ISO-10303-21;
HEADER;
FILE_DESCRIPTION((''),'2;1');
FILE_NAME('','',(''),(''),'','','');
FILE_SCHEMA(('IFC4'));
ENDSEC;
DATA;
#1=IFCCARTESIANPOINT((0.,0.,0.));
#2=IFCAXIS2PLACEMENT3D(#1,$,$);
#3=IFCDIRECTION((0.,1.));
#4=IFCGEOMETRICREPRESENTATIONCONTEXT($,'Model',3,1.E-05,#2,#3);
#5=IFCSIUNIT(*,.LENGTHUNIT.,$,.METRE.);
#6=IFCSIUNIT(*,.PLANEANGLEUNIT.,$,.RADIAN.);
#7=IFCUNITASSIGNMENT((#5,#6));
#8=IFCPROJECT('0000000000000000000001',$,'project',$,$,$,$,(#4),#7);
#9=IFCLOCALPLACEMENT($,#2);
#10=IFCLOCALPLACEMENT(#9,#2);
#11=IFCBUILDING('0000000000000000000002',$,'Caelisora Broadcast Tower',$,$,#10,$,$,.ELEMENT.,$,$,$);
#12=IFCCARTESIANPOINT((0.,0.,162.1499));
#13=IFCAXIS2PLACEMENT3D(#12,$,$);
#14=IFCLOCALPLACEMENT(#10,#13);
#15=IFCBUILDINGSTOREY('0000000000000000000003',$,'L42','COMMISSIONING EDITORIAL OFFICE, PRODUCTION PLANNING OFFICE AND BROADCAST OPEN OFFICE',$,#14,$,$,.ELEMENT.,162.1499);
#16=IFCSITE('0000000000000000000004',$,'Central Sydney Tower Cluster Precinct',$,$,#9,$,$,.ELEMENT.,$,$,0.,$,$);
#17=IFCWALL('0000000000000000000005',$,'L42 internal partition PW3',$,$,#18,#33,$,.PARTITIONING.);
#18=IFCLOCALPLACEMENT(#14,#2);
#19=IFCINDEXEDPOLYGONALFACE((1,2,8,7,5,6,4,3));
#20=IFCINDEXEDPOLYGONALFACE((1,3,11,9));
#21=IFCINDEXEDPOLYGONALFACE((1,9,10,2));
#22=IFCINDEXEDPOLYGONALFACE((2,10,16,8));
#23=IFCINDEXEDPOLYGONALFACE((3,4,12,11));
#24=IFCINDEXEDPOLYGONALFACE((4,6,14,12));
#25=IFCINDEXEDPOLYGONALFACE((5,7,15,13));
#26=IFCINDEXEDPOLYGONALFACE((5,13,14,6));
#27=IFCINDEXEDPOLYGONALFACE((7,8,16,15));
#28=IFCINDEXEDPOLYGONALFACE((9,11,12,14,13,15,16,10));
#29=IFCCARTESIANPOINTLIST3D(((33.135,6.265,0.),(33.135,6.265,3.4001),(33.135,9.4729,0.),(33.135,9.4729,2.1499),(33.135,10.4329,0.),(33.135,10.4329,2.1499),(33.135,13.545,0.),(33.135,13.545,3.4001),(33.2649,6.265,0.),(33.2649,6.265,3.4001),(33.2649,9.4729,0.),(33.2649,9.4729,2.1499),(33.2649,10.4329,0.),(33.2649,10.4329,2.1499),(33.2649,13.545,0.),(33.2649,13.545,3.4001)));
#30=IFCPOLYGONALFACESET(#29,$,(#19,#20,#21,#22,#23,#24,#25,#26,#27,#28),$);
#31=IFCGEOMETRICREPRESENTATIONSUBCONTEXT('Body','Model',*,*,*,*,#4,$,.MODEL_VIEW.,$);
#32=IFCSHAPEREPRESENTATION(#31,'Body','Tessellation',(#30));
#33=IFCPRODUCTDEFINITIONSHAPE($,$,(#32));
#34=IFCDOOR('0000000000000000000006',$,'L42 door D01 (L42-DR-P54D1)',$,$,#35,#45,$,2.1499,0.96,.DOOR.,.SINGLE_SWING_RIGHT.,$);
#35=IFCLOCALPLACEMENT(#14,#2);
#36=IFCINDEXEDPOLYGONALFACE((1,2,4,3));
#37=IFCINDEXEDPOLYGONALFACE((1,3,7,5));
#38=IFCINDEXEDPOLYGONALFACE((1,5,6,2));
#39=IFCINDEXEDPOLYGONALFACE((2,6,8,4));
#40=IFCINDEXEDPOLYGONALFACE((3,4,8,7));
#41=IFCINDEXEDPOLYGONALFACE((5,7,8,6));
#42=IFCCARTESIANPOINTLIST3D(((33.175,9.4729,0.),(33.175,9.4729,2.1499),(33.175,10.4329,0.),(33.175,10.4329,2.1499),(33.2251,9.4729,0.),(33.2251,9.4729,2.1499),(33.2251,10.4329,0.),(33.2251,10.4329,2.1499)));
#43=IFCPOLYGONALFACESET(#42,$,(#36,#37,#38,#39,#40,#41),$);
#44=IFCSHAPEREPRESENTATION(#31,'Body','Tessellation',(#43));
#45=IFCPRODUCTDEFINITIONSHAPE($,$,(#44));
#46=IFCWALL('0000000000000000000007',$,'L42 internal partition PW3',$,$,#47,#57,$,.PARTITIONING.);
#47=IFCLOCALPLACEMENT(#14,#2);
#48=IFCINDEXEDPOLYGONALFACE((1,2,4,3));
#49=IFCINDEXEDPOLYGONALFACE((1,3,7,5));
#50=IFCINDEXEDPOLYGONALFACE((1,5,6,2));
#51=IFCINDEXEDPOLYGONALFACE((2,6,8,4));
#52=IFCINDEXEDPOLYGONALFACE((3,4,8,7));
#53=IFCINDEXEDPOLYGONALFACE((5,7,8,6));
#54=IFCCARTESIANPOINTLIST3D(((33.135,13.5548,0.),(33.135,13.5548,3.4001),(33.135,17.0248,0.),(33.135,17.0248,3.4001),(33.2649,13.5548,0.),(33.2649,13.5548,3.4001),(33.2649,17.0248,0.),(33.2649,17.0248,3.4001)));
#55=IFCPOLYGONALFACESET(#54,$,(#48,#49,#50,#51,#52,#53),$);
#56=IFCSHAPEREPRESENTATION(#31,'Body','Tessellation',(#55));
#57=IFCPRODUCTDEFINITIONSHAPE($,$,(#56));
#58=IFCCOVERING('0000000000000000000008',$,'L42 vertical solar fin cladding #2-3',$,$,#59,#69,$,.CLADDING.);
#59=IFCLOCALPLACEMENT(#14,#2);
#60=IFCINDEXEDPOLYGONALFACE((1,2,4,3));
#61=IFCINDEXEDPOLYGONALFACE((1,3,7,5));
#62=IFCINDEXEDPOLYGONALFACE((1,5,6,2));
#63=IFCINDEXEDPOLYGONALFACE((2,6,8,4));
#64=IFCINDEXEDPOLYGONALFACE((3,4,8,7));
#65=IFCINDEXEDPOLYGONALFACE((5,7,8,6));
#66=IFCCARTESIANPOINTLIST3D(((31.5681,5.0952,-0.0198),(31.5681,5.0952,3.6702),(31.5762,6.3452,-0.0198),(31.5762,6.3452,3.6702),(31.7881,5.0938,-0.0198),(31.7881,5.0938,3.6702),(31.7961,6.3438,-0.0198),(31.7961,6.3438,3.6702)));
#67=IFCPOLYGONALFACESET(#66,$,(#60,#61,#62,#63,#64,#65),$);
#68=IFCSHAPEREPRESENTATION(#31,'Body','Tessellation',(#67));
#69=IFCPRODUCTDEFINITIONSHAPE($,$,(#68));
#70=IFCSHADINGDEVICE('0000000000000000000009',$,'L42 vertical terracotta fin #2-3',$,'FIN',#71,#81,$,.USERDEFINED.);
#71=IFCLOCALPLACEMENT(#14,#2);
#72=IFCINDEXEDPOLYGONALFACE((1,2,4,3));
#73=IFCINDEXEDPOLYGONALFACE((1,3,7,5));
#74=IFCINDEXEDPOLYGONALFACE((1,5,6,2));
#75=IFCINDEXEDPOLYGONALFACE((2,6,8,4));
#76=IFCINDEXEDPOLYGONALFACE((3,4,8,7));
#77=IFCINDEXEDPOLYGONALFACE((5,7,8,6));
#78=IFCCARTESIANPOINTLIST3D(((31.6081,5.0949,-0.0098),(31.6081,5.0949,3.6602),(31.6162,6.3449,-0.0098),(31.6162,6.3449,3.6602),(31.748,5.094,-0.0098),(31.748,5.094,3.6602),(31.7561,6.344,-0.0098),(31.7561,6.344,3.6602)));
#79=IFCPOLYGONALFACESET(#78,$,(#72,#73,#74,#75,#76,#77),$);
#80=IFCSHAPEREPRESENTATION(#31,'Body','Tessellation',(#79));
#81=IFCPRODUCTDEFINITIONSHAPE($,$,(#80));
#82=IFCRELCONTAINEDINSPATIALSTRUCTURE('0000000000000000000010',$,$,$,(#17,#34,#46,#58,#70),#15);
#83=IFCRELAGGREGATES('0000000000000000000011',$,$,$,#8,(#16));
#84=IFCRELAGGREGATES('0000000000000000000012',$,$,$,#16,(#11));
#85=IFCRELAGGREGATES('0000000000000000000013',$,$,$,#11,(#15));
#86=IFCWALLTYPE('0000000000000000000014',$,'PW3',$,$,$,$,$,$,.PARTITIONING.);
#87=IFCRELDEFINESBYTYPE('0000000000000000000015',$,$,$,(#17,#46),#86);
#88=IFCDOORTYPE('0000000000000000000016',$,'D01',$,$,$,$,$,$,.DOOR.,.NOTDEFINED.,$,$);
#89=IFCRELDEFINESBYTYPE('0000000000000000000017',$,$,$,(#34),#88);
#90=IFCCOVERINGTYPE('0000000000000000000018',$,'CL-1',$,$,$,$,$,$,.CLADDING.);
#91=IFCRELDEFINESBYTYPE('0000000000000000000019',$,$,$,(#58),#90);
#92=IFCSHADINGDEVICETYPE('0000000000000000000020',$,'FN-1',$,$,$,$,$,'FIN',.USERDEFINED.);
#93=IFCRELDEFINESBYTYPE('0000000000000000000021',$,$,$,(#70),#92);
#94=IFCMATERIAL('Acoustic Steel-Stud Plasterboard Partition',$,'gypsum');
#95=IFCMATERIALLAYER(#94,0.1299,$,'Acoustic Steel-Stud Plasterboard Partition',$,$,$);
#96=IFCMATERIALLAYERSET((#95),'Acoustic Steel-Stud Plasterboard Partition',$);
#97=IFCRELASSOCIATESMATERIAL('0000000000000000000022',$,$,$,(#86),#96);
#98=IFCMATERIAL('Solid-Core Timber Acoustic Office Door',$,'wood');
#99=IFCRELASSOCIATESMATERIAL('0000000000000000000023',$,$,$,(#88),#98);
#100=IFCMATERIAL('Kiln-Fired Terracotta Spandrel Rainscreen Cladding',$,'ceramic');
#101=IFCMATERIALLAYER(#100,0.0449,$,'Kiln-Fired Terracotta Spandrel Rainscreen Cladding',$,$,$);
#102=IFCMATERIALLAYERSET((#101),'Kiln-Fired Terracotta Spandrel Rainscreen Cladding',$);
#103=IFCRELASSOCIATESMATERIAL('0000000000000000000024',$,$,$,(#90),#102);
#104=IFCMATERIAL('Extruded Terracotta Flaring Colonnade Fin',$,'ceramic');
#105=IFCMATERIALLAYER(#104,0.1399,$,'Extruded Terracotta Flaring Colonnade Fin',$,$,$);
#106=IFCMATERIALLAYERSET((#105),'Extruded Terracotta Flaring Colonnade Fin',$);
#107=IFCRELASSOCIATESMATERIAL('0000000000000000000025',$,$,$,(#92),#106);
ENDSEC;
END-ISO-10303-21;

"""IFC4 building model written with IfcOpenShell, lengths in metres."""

from ifc_helpers import new_model, si_unit, direction, frame, frame_2d, origin, origin_2d, place, context, subcontext, project, spatial, rectangle, extrude, source, transform, mapped, material, layer, layer_set, type_object, type_shapes, element, fill, save


model = new_model("IFC4")

# Units and contexts
model_context = context("Model", 3, precision=1e-05, world=origin(), true_north=direction((0.0, 1.0)))
body_context = subcontext(model_context, "Body", "Model", "MODEL_VIEW")
ifc_project = project(units=[si_unit("LENGTHUNIT", "METRE"), si_unit("PLANEANGLEUNIT", "RADIAN")], contexts=[model_context])

# Site, building, storey
site_placement = place(None, origin())
site = spatial("IfcSite", under=ifc_project, at=site_placement, Name="Central Sydney Tower Cluster Precinct", CompositionType="ELEMENT", RefElevation=0.0)
building_placement = place(site_placement, origin())
building = spatial("IfcBuilding", under=site, at=building_placement, Name="Caelisora Broadcast Tower", CompositionType="ELEMENT")
storey_placement = place(building_placement, frame((0.0, 0.0, 162.1499)))
storey = spatial("IfcBuildingStorey", under=building, at=storey_placement, Name="L42", Description="COMMISSIONING EDITORIAL OFFICE, PRODUCTION PLANNING OFFICE AND BROADCAST OPEN OFFICE", CompositionType="ELEMENT", Elevation=162.1499)

# Wall, opening, door
ifc_material_1 = material(Name="Acoustic Steel-Stud Plasterboard Partition", Category="gypsum")
ifc_layer_1 = layer(ifc_material_1, 0.1299, Name="Acoustic Steel-Stud Plasterboard Partition")
ifc_layer_set_1 = layer_set([ifc_layer_1], Name="Acoustic Steel-Stud Plasterboard Partition")
wall_type = type_object("IfcWallType", Name="PW3", PredefinedType="PARTITIONING", material=ifc_layer_set_1)
ifc_material_2 = material(Name="Solid-Core Timber Acoustic Office Door", Category="wood")
door_type = type_object("IfcDoorType", Name="D01", OperationType="NOTDEFINED", PredefinedType="DOOR", material=ifc_material_2)
wall_1_placement = place(storey_placement, frame((33.2, 6.2649, 0.0), z_axis=(0.0, 0.0, 1.0), x_axis=(0.0, 1.0, 0.0)))
wall_1 = element("IfcWall", 1, at=wall_1_placement, inside=storey, type_object=wall_type, Name="L42 internal partition PW3", PredefinedType="PARTITIONING", context=body_context, shape_type="SweptSolid", body=[
    extrude(rectangle(XDim=7.28, YDim=0.1299, at=frame_2d((3.6401, 0.0))), origin(), (0.0, 0.0, 1.0), 3.4001),
])
opening_1_placement = place(wall_1_placement, frame((3.208, 0.0, 0.0)))
opening_1 = element("IfcOpeningElement", 2, at=opening_1_placement, cuts=wall_1, PredefinedType="OPENING", context=body_context, shape_type="SweptSolid", body=[
    extrude(rectangle(XDim=0.96, YDim=2.1499, at=frame_2d((0.48, 1.075))), frame((0.0, 0.0769, 0.0), z_axis=(0.0, -1.0, 0.0), x_axis=(1.0, 0.0, 0.0)), (0.0, 0.0, 1.0), 0.1538),
])
door_1_placement = place(opening_1_placement, origin())
door_1 = element("IfcDoor", 3, at=door_1_placement, inside=storey, type_object=door_type, Name="L42 door D01 (L42-DR-P54D1)", OperationType="SINGLE_SWING_RIGHT", OverallHeight=2.1499, OverallWidth=0.96, PredefinedType="DOOR", context=body_context, shape_type="SweptSolid", body=[
    extrude(rectangle(XDim=0.96, YDim=2.1499, at=frame_2d((0.48, 1.075))), frame((0.0, 0.0249, 0.0), z_axis=(0.0, -1.0, 0.0), x_axis=(1.0, 0.0, 0.0)), (0.0, 0.0, 1.0), 0.05),
])
fill(opening_1, door_1)

# Wall
wall_2_placement = place(storey_placement, frame((33.2, 13.5549, 0.0), z_axis=(0.0, 0.0, 1.0), x_axis=(0.0, 1.0, 0.0)))
element("IfcWall", 4, at=wall_2_placement, inside=storey, type_object=wall_type, Name="L42 internal partition PW3", PredefinedType="PARTITIONING", context=body_context, shape_type="SweptSolid", body=[
    extrude(rectangle(XDim=3.47, YDim=0.1299, at=frame_2d((1.7349, 0.0))), origin(), (0.0, 0.0, 1.0), 3.4001),
])

# Covering
ifc_material_3 = material(Name="Kiln-Fired Terracotta Spandrel Rainscreen Cladding", Category="ceramic")
ifc_layer_2 = layer(ifc_material_3, 0.0449, Name="Kiln-Fired Terracotta Spandrel Rainscreen Cladding")
ifc_layer_set_2 = layer_set([ifc_layer_2], Name="Kiln-Fired Terracotta Spandrel Rainscreen Cladding")
covering_type = type_object("IfcCoveringType", Name="CL-1", PredefinedType="CLADDING", material=ifc_layer_set_2)
shared_shape_1 = source(origin(), body_context, "Body", "SweptSolid", [
    extrude(rectangle(XDim=0.22, YDim=1.25, at=origin_2d()), origin(), (0.0, 0.0, 1.0), 3.6899),
])
type_shapes(covering_type, [shared_shape_1])
covering_placement = place(storey_placement, frame((31.6821, 5.7195, -0.0198), z_axis=(0.0, 0.0, 1.0), x_axis=(-0.999979, 0.006458, 0.0)))
element("IfcCovering", 5, at=covering_placement, inside=storey, type_object=covering_type, Name="L42 vertical solar fin cladding #2-3", PredefinedType="CLADDING", context=body_context, shape_type="MappedRepresentation", body=[
    mapped(shared_shape_1, transform((0.0, 0.0, 0.0), scale=1.0)),
])

# Shading device
ifc_material_4 = material(Name="Extruded Terracotta Flaring Colonnade Fin", Category="ceramic")
ifc_layer_3 = layer(ifc_material_4, 0.1399, Name="Extruded Terracotta Flaring Colonnade Fin")
ifc_layer_set_3 = layer_set([ifc_layer_3], Name="Extruded Terracotta Flaring Colonnade Fin")
shading_device_type = type_object("IfcShadingDeviceType", Name="FN-1", ElementType="FIN", PredefinedType="USERDEFINED", material=ifc_layer_set_3)
shared_shape_2 = source(origin(), body_context, "Body", "SweptSolid", [
    extrude(rectangle(XDim=0.1399, YDim=1.25, at=origin_2d()), origin(), (0.0, 0.0, 1.0), 3.6699),
])
type_shapes(shading_device_type, [shared_shape_2])
shading_device_placement = place(storey_placement, frame((31.6821, 5.7195, -0.0098), z_axis=(0.0, 0.0, 1.0), x_axis=(-0.999979, 0.006458, 0.0)))
element("IfcShadingDevice", 6, at=shading_device_placement, inside=storey, type_object=shading_device_type, Name="L42 vertical terracotta fin #2-3", ObjectType="FIN", PredefinedType="USERDEFINED", context=body_context, shape_type="MappedRepresentation", body=[
    mapped(shared_shape_2, transform((0.0, 0.0, 0.0), scale=1.0)),
])

save(model, "model.ifc")
